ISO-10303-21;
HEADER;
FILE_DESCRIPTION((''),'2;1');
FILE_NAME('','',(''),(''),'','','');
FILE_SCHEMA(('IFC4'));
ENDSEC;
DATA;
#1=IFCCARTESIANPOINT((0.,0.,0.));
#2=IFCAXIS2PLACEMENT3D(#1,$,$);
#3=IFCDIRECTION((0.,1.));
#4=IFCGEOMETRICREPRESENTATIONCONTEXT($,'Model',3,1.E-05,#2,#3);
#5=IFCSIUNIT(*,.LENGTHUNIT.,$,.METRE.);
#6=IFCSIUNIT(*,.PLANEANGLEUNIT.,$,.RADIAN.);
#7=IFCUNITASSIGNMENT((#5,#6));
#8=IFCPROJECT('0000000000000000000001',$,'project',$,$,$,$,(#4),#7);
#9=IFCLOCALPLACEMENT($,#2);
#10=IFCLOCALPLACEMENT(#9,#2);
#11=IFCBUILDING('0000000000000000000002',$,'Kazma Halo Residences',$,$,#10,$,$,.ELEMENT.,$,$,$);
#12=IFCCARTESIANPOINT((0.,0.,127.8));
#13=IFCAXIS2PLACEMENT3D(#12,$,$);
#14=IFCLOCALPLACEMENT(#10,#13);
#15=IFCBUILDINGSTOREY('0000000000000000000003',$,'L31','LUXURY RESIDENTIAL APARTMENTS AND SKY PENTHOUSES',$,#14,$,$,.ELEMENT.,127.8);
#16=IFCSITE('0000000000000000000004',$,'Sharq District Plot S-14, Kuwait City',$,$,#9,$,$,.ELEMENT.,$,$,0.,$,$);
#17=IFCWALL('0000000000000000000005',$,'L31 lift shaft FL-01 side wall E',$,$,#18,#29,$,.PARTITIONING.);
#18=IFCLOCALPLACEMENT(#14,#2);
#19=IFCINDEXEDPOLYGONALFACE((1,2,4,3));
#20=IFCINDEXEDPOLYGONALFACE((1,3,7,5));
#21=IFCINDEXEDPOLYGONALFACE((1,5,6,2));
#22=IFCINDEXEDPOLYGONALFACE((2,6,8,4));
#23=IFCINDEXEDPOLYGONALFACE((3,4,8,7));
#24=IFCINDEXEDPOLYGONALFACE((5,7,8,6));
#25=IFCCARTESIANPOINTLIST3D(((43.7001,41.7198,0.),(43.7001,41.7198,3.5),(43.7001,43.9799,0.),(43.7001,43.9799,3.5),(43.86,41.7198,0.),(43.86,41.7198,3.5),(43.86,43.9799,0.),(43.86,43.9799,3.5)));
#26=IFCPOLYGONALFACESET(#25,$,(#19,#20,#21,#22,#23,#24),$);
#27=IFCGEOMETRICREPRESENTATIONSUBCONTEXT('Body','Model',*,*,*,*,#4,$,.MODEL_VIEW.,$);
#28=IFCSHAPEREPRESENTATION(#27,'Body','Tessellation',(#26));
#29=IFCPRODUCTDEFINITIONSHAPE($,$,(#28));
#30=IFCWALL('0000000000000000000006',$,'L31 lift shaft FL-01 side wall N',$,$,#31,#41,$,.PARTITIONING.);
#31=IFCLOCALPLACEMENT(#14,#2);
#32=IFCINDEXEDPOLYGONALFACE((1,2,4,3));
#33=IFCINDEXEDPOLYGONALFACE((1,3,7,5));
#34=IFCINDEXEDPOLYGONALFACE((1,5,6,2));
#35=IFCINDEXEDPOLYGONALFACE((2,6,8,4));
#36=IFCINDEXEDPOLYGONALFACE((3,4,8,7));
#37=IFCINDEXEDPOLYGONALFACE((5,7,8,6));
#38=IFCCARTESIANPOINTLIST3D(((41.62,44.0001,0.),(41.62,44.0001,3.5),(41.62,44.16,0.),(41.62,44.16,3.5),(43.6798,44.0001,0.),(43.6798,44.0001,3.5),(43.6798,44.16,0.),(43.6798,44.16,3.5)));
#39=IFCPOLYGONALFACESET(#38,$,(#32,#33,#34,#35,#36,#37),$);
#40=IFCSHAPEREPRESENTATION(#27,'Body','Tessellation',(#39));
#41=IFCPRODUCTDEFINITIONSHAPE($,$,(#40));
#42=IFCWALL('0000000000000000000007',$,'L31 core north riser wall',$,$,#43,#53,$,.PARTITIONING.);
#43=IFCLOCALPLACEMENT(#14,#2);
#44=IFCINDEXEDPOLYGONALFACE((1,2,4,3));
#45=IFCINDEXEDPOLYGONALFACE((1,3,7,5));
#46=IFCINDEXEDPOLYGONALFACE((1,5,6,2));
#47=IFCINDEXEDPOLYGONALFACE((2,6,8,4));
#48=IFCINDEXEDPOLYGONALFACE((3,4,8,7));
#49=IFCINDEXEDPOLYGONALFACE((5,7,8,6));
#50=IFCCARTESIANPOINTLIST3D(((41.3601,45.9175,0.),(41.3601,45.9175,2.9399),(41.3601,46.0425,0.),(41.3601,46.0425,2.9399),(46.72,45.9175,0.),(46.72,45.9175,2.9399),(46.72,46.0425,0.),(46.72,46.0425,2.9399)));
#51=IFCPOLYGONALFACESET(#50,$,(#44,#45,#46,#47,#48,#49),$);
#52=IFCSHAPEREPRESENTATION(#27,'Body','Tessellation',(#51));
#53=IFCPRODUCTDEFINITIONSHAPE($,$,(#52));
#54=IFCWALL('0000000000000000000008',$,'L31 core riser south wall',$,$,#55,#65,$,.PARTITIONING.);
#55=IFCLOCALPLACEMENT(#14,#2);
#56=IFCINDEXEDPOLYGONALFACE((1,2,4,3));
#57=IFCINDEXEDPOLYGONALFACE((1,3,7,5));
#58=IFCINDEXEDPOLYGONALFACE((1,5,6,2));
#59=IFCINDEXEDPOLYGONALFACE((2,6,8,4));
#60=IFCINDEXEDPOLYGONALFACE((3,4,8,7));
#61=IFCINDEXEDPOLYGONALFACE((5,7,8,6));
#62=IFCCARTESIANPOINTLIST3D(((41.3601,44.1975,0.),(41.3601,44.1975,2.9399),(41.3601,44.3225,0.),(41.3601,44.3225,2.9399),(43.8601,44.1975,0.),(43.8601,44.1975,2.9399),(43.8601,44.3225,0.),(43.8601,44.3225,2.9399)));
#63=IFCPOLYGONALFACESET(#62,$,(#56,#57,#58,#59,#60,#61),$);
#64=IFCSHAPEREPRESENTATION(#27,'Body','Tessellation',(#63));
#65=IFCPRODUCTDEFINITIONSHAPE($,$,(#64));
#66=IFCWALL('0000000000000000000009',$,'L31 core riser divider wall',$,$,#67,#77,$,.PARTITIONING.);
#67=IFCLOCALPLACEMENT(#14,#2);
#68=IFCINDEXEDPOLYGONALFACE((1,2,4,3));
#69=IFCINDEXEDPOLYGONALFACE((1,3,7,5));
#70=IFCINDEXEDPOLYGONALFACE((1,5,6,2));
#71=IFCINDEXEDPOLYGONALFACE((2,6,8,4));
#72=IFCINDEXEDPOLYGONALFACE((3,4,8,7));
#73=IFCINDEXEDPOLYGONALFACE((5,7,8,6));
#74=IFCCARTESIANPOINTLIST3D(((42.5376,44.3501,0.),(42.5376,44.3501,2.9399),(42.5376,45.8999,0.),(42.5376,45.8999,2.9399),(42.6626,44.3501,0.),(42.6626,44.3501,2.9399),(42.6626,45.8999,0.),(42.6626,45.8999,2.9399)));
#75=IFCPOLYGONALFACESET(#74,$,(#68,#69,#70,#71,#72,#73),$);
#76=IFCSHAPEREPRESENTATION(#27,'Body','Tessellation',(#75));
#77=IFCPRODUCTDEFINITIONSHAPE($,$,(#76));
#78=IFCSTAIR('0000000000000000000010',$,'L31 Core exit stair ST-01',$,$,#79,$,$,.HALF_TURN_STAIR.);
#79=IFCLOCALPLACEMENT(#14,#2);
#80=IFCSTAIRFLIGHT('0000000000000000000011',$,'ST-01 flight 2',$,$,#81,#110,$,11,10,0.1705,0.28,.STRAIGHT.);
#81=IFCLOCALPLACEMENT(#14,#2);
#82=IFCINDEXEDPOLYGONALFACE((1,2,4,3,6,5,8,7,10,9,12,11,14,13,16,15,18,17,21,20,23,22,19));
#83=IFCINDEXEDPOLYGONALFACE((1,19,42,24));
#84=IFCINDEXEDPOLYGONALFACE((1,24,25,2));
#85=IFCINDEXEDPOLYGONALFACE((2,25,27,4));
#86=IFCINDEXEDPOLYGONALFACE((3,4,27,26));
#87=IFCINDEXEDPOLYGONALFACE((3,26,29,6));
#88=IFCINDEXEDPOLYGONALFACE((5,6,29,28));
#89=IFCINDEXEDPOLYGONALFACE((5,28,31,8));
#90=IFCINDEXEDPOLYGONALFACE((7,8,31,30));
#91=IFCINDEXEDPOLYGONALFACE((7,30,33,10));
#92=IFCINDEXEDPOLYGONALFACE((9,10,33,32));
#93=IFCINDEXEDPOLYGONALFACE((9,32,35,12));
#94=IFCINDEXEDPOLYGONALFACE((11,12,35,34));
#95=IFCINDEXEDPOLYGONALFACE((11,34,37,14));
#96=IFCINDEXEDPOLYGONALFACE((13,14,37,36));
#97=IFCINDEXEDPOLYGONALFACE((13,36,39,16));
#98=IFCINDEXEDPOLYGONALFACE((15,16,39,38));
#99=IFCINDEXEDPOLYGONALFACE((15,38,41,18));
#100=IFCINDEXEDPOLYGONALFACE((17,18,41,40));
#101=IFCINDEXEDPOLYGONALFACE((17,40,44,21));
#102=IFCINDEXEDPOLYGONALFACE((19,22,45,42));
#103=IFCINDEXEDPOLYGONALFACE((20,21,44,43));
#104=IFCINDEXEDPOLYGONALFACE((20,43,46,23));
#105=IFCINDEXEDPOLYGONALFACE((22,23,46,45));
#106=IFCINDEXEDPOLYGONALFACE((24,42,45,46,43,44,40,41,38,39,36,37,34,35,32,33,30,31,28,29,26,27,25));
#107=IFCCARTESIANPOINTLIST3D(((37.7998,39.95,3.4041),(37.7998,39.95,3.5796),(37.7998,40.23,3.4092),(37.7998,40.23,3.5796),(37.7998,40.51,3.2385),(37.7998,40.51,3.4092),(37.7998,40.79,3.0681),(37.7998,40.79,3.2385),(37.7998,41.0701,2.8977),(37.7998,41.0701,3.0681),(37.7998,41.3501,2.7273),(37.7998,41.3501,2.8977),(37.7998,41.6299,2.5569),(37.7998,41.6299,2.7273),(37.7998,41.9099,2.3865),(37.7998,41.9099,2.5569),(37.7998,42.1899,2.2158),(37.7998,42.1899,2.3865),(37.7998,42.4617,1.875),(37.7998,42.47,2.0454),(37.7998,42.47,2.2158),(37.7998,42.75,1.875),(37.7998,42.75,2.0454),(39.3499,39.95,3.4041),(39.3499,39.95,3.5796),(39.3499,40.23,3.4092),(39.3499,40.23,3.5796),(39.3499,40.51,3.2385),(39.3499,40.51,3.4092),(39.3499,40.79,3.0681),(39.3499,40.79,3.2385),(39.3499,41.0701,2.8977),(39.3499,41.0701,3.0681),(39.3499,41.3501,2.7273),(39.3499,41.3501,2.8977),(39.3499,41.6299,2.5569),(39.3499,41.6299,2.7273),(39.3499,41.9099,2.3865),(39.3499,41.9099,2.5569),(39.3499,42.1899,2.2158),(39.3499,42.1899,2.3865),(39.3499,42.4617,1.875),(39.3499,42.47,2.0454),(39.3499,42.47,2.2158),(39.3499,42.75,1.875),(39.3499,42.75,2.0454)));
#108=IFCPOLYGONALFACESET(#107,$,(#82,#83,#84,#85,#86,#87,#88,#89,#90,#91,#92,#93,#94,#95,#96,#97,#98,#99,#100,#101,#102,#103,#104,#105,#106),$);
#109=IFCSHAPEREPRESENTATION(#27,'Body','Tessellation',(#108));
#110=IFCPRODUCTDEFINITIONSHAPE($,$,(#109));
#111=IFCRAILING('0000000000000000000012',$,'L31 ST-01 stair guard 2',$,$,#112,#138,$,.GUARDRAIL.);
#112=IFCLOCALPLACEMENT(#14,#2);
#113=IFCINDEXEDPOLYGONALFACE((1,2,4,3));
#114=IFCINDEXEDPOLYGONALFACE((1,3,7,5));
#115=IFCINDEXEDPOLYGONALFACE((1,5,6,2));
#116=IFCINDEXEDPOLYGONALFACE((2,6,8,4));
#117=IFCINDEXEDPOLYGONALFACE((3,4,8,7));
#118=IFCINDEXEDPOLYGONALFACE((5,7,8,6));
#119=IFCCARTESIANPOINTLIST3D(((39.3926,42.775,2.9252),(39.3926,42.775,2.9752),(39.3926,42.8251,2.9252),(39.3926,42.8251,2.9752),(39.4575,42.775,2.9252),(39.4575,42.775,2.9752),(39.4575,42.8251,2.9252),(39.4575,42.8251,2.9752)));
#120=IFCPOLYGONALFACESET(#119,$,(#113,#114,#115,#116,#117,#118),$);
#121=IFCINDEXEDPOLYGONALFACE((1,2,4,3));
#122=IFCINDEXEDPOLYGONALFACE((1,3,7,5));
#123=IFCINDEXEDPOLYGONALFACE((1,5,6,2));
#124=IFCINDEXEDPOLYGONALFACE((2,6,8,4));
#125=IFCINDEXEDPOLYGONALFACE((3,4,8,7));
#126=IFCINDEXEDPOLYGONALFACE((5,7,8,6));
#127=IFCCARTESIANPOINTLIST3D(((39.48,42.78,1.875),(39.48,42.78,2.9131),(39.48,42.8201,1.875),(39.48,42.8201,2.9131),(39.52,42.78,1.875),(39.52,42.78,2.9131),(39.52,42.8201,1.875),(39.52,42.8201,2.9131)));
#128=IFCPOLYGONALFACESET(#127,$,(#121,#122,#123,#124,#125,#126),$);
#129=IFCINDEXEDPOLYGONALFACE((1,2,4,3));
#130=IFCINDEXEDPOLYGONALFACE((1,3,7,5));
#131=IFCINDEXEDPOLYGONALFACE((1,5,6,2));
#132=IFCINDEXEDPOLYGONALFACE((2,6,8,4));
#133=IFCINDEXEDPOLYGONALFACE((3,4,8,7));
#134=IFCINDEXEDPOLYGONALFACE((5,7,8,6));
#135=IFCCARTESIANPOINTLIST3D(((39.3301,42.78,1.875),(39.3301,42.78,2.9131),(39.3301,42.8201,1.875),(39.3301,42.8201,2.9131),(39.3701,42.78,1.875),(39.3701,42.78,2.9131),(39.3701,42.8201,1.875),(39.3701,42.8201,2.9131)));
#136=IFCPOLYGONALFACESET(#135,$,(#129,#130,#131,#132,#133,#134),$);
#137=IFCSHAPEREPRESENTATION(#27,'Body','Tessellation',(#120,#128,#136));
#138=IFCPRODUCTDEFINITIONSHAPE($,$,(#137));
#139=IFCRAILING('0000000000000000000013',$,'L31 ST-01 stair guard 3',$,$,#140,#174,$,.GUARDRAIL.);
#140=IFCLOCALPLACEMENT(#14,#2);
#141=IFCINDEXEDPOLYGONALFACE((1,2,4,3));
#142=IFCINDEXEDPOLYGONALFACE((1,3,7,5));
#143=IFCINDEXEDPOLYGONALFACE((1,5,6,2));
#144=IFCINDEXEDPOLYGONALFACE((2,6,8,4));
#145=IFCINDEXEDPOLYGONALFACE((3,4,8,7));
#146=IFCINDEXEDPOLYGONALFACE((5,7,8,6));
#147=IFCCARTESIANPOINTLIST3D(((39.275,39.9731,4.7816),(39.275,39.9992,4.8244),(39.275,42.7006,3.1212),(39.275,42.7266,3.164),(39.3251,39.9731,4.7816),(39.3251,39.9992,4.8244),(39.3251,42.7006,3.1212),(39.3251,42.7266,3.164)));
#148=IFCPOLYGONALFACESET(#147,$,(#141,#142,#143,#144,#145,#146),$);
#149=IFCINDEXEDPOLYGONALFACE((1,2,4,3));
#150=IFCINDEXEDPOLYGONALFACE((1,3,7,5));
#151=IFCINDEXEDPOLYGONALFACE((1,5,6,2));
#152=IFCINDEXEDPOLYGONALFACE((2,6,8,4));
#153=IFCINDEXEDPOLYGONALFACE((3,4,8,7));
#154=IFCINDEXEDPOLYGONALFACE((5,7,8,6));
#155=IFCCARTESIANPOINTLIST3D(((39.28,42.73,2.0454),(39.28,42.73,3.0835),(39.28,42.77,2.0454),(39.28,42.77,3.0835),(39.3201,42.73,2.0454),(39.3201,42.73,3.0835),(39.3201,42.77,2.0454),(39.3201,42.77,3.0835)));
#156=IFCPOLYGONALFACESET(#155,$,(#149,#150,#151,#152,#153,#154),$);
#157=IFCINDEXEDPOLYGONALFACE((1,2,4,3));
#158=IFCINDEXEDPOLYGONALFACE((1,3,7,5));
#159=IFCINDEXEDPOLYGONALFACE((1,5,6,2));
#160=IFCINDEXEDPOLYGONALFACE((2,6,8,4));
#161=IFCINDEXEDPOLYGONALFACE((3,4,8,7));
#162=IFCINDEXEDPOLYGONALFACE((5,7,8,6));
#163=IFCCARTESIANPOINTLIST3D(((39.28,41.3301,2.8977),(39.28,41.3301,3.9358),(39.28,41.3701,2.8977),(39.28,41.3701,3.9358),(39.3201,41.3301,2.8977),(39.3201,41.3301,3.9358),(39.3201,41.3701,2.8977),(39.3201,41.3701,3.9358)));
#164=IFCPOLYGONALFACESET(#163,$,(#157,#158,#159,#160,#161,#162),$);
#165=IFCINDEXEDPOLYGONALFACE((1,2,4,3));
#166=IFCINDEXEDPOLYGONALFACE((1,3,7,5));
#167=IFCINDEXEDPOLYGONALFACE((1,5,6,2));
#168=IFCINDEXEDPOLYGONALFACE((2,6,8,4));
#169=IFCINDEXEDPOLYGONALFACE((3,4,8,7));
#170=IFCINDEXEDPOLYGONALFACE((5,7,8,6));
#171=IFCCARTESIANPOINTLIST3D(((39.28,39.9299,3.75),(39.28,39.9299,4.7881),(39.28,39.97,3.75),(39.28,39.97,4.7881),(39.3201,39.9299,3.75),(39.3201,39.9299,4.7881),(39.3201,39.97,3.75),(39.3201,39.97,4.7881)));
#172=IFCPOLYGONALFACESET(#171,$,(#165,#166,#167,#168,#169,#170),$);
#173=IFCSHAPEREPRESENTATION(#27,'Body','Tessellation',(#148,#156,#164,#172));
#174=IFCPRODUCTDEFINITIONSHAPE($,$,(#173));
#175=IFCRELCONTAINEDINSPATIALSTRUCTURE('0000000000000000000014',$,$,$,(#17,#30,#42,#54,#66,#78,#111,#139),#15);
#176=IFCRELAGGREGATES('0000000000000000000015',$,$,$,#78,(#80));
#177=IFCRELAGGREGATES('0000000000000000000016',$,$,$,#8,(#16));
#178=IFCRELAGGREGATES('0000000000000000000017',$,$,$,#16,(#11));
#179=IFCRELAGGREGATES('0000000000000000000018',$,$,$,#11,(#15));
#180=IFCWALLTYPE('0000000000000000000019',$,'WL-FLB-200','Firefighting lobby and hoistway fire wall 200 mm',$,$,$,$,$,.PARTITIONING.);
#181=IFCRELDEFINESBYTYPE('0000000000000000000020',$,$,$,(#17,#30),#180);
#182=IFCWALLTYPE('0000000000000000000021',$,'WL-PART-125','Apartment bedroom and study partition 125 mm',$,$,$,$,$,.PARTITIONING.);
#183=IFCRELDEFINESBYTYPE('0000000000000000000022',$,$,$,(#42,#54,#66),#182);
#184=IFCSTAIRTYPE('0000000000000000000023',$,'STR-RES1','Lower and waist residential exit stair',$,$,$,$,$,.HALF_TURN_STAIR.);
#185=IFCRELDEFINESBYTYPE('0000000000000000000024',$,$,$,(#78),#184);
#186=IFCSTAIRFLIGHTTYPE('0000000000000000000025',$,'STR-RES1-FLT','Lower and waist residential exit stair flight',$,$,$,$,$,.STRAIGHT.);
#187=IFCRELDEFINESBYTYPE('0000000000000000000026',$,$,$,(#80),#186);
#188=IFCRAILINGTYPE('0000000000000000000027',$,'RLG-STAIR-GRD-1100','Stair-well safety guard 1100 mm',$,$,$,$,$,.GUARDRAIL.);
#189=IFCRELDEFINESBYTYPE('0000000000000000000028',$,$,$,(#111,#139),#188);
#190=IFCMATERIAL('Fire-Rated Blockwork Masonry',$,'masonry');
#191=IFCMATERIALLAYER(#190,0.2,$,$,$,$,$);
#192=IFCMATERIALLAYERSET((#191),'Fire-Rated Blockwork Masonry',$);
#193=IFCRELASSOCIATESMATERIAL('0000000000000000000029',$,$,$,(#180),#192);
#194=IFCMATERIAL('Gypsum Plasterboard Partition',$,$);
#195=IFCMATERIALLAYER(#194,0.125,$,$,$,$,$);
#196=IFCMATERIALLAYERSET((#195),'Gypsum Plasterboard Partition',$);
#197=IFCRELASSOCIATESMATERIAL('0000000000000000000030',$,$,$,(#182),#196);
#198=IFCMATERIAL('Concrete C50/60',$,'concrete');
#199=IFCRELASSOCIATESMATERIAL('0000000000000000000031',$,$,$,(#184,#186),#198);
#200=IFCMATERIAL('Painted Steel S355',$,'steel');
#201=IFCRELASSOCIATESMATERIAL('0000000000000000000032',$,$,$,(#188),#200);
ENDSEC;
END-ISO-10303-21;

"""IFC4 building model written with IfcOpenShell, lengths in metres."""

from ifc_helpers import new_model, si_unit, direction, frame, frame_2d, origin, origin_2d, place, context, subcontext, project, spatial, polyline, rectangle, outline, extrude, material, layer, layer_set, type_object, element, aggregate, save


model = new_model("IFC4")

# Units and contexts
model_context = context("Model", 3, precision=1e-05, world=origin(), true_north=direction((0.0, 1.0)))
body_context = subcontext(model_context, "Body", "Model", "MODEL_VIEW")
ifc_project = project(units=[si_unit("LENGTHUNIT", "METRE"), si_unit("PLANEANGLEUNIT", "RADIAN")], contexts=[model_context])

# Site, building, storey
site_placement = place(None, origin())
site = spatial("IfcSite", under=ifc_project, at=site_placement, Name="Sharq District Plot S-14, Kuwait City", CompositionType="ELEMENT", RefElevation=0.0)
building_placement = place(site_placement, origin())
building = spatial("IfcBuilding", under=site, at=building_placement, Name="Kazma Halo Residences", CompositionType="ELEMENT")
storey_placement = place(building_placement, frame((0.0, 0.0, 127.8)))
storey = spatial("IfcBuildingStorey", under=building, at=storey_placement, Name="L31", Description="LUXURY RESIDENTIAL APARTMENTS AND SKY PENTHOUSES", CompositionType="ELEMENT", Elevation=127.8)

# Shared definitions
ifc_material_1 = material(Name="Fire-Rated Blockwork Masonry", Category="masonry")
ifc_layer_1 = layer(ifc_material_1, 0.2)
ifc_layer_set_1 = layer_set([ifc_layer_1], Name="Fire-Rated Blockwork Masonry")
wall_type_1 = type_object("IfcWallType", Name="WL-FLB-200", Description="Firefighting lobby and hoistway fire wall 200 mm", PredefinedType="PARTITIONING", material=ifc_layer_set_1)

# Walls
wall_1_placement = place(storey_placement, frame((43.78, 41.72, 0.0), z_axis=(0.0, 0.0, 1.0), x_axis=(0.0, 1.0, 0.0)))
element("IfcWall", 1, at=wall_1_placement, inside=storey, type_object=wall_type_1, Name="L31 lift shaft FL-01 side wall E", PredefinedType="PARTITIONING", context=body_context, shape_type="SweptSolid", body=[
    extrude(rectangle(XDim=2.26, YDim=0.1599, at=frame_2d((1.1299, 0.0))), origin(), (0.0, 0.0, 1.0), 3.5),
])
wall_2_placement = place(storey_placement, frame((41.6201, 44.0801, 0.0), z_axis=(0.0, 0.0, 1.0), x_axis=(1.0, 0.0, 0.0)))
element("IfcWall", 2, at=wall_2_placement, inside=storey, type_object=wall_type_1, Name="L31 lift shaft FL-01 side wall N", PredefinedType="PARTITIONING", context=body_context, shape_type="SweptSolid", body=[
    extrude(rectangle(XDim=2.0598, YDim=0.1599, at=frame_2d((1.0298, 0.0))), origin(), (0.0, 0.0, 1.0), 3.5),
])
ifc_material_2 = material(Name="Gypsum Plasterboard Partition")
ifc_layer_2 = layer(ifc_material_2, 0.125)
ifc_layer_set_2 = layer_set([ifc_layer_2], Name="Gypsum Plasterboard Partition")
wall_type_2 = type_object("IfcWallType", Name="WL-PART-125", Description="Apartment bedroom and study partition 125 mm", PredefinedType="PARTITIONING", material=ifc_layer_set_2)
wall_3_placement = place(storey_placement, frame((41.3601, 45.98, 0.0), z_axis=(0.0, 0.0, 1.0), x_axis=(1.0, 0.0, 0.0)))
element("IfcWall", 3, at=wall_3_placement, inside=storey, type_object=wall_type_2, Name="L31 core north riser wall", PredefinedType="PARTITIONING", context=body_context, shape_type="SweptSolid", body=[
    extrude(rectangle(XDim=5.3599, YDim=0.125, at=frame_2d((2.6799, 0.0))), origin(), (0.0, 0.0, 1.0), 2.9399),
])
wall_4_placement = place(storey_placement, frame((41.3601, 44.26, 0.0), z_axis=(0.0, 0.0, 1.0), x_axis=(1.0, 0.0, 0.0)))
element("IfcWall", 4, at=wall_4_placement, inside=storey, type_object=wall_type_2, Name="L31 core riser south wall", PredefinedType="PARTITIONING", context=body_context, shape_type="SweptSolid", body=[
    extrude(rectangle(XDim=2.5, YDim=0.125, at=frame_2d((1.25, 0.0))), origin(), (0.0, 0.0, 1.0), 2.9399),
])
wall_5_placement = place(storey_placement, frame((42.6001, 44.3501, 0.0), z_axis=(0.0, 0.0, 1.0), x_axis=(0.0, 1.0, 0.0)))
element("IfcWall", 5, at=wall_5_placement, inside=storey, type_object=wall_type_2, Name="L31 core riser divider wall", PredefinedType="PARTITIONING", context=body_context, shape_type="SweptSolid", body=[
    extrude(rectangle(XDim=1.5498, YDim=0.125, at=frame_2d((0.7749, 0.0))), origin(), (0.0, 0.0, 1.0), 2.9399),
])

# Stair, stair flight
ifc_material_3 = material(Name="Concrete C50/60", Category="concrete")
stair_type = type_object("IfcStairType", Name="STR-RES1", Description="Lower and waist residential exit stair", PredefinedType="HALF_TURN_STAIR", material=ifc_material_3)
stair_placement = place(storey_placement, origin())
stair = element("IfcStair", 6, at=stair_placement, inside=storey, type_object=stair_type, Name="L31 Core exit stair ST-01", PredefinedType="HALF_TURN_STAIR")
stair_flight_type = type_object("IfcStairFlightType", Name="STR-RES1-FLT", Description="Lower and waist residential exit stair flight", PredefinedType="STRAIGHT", material=ifc_material_3)
stair_flight_placement = place(storey_placement, frame((38.575, 42.75, 1.875), z_axis=(0.0, 0.0, 1.0), x_axis=(0.0, -1.0, 0.0)))
stair_flight = element("IfcStairFlight", 7, at=stair_flight_placement, type_object=stair_flight_type, Name="ST-01 flight 2", NumberOfRisers=11, NumberOfTreads=10, PredefinedType="STRAIGHT", RiserHeight=0.1705, TreadLength=0.28, context=body_context, shape_type="SweptSolid", body=[
    extrude(outline(polyline([(0.0, 0.0), (0.0, 0.1704), (0.28, 0.1704), (0.28, 0.3408), (0.5601, 0.3408), (0.5601, 0.5115), (0.8401, 0.5115), (0.8401, 0.6819), (1.1201, 0.6819), (1.1201, 0.8523), (1.3999, 0.8523), (1.3999, 1.0227), (1.6799, 1.0227), (1.6799, 1.1931), (1.96, 1.1931), (1.96, 1.3635), (2.24, 1.3635), (2.24, 1.5342), (2.52, 1.5342), (2.52, 1.7046), (2.8, 1.7046), (2.8, 1.875), (2.8, 1.5291), (0.2883, 0.0), (0.0, 0.0)])), frame((0.0, 0.7749, 0.0), z_axis=(0.0, -1.0, 0.0), x_axis=(1.0, 0.0, 0.0)), (0.0, 0.0, 1.0), 1.55),
])
aggregate(stair, [stair_flight])

# Railings
ifc_material_4 = material(Name="Painted Steel S355", Category="steel")
railing_type_1 = type_object("IfcRailingType", Name="RLG-STAIR-GRD-1100", Description="Stair-well safety guard 1100 mm", PredefinedType="GUARDRAIL", material=ifc_material_4)
railing_1_placement = place(storey_placement, frame((39.5, 42.8, 1.875)))
element("IfcRailing", 8, at=railing_1_placement, inside=storey, type_object=railing_type_1, Name="L31 ST-01 stair guard 2", PredefinedType="GUARDRAIL", context=body_context, shape_type="SweptSolid", body=[
    extrude(rectangle(XDim=0.05, YDim=0.05, at=origin_2d()), frame((-0.0425, 0.0, 1.0752), z_axis=(-1.0, 0.0, 0.0), x_axis=(0.0, -1.0, 0.0)), (0.0, 0.0, 1.0), 0.0649),
    extrude(rectangle(XDim=0.04, YDim=0.04, at=origin_2d()), origin(), (0.0, 0.0, 1.0), 1.0381),
    extrude(rectangle(XDim=0.04, YDim=0.04, at=origin_2d()), frame((-0.1499, 0.0, 0.0)), (0.0, 0.0, 1.0), 1.0381),
])
railing_2_placement = place(storey_placement, frame((39.3, 42.75, 2.0454)))
element("IfcRailing", 9, at=railing_2_placement, inside=storey, type_object=railing_type_1, Name="L31 ST-01 stair guard 3", PredefinedType="GUARDRAIL", context=body_context, shape_type="SweptSolid", body=[
    extrude(rectangle(XDim=0.05, YDim=0.05, at=origin_2d()), frame((0.0, -0.0364, 1.0972), z_axis=(0.0, -0.85417, 0.519994), x_axis=(1.0, 0.0, 0.0)), (0.0, 0.0, 1.0), 3.1931),
    extrude(rectangle(XDim=0.04, YDim=0.04, at=origin_2d()), origin(), (0.0, 0.0, 1.0), 1.0381),
    extrude(rectangle(XDim=0.04, YDim=0.04, at=origin_2d()), frame((0.0, -1.3999, 0.8523)), (0.0, 0.0, 1.0), 1.0381),
    extrude(rectangle(XDim=0.04, YDim=0.04, at=origin_2d()), frame((0.0, -2.8, 1.7046)), (0.0, 0.0, 1.0), 1.0381),
])

save(model, "model.ifc")
